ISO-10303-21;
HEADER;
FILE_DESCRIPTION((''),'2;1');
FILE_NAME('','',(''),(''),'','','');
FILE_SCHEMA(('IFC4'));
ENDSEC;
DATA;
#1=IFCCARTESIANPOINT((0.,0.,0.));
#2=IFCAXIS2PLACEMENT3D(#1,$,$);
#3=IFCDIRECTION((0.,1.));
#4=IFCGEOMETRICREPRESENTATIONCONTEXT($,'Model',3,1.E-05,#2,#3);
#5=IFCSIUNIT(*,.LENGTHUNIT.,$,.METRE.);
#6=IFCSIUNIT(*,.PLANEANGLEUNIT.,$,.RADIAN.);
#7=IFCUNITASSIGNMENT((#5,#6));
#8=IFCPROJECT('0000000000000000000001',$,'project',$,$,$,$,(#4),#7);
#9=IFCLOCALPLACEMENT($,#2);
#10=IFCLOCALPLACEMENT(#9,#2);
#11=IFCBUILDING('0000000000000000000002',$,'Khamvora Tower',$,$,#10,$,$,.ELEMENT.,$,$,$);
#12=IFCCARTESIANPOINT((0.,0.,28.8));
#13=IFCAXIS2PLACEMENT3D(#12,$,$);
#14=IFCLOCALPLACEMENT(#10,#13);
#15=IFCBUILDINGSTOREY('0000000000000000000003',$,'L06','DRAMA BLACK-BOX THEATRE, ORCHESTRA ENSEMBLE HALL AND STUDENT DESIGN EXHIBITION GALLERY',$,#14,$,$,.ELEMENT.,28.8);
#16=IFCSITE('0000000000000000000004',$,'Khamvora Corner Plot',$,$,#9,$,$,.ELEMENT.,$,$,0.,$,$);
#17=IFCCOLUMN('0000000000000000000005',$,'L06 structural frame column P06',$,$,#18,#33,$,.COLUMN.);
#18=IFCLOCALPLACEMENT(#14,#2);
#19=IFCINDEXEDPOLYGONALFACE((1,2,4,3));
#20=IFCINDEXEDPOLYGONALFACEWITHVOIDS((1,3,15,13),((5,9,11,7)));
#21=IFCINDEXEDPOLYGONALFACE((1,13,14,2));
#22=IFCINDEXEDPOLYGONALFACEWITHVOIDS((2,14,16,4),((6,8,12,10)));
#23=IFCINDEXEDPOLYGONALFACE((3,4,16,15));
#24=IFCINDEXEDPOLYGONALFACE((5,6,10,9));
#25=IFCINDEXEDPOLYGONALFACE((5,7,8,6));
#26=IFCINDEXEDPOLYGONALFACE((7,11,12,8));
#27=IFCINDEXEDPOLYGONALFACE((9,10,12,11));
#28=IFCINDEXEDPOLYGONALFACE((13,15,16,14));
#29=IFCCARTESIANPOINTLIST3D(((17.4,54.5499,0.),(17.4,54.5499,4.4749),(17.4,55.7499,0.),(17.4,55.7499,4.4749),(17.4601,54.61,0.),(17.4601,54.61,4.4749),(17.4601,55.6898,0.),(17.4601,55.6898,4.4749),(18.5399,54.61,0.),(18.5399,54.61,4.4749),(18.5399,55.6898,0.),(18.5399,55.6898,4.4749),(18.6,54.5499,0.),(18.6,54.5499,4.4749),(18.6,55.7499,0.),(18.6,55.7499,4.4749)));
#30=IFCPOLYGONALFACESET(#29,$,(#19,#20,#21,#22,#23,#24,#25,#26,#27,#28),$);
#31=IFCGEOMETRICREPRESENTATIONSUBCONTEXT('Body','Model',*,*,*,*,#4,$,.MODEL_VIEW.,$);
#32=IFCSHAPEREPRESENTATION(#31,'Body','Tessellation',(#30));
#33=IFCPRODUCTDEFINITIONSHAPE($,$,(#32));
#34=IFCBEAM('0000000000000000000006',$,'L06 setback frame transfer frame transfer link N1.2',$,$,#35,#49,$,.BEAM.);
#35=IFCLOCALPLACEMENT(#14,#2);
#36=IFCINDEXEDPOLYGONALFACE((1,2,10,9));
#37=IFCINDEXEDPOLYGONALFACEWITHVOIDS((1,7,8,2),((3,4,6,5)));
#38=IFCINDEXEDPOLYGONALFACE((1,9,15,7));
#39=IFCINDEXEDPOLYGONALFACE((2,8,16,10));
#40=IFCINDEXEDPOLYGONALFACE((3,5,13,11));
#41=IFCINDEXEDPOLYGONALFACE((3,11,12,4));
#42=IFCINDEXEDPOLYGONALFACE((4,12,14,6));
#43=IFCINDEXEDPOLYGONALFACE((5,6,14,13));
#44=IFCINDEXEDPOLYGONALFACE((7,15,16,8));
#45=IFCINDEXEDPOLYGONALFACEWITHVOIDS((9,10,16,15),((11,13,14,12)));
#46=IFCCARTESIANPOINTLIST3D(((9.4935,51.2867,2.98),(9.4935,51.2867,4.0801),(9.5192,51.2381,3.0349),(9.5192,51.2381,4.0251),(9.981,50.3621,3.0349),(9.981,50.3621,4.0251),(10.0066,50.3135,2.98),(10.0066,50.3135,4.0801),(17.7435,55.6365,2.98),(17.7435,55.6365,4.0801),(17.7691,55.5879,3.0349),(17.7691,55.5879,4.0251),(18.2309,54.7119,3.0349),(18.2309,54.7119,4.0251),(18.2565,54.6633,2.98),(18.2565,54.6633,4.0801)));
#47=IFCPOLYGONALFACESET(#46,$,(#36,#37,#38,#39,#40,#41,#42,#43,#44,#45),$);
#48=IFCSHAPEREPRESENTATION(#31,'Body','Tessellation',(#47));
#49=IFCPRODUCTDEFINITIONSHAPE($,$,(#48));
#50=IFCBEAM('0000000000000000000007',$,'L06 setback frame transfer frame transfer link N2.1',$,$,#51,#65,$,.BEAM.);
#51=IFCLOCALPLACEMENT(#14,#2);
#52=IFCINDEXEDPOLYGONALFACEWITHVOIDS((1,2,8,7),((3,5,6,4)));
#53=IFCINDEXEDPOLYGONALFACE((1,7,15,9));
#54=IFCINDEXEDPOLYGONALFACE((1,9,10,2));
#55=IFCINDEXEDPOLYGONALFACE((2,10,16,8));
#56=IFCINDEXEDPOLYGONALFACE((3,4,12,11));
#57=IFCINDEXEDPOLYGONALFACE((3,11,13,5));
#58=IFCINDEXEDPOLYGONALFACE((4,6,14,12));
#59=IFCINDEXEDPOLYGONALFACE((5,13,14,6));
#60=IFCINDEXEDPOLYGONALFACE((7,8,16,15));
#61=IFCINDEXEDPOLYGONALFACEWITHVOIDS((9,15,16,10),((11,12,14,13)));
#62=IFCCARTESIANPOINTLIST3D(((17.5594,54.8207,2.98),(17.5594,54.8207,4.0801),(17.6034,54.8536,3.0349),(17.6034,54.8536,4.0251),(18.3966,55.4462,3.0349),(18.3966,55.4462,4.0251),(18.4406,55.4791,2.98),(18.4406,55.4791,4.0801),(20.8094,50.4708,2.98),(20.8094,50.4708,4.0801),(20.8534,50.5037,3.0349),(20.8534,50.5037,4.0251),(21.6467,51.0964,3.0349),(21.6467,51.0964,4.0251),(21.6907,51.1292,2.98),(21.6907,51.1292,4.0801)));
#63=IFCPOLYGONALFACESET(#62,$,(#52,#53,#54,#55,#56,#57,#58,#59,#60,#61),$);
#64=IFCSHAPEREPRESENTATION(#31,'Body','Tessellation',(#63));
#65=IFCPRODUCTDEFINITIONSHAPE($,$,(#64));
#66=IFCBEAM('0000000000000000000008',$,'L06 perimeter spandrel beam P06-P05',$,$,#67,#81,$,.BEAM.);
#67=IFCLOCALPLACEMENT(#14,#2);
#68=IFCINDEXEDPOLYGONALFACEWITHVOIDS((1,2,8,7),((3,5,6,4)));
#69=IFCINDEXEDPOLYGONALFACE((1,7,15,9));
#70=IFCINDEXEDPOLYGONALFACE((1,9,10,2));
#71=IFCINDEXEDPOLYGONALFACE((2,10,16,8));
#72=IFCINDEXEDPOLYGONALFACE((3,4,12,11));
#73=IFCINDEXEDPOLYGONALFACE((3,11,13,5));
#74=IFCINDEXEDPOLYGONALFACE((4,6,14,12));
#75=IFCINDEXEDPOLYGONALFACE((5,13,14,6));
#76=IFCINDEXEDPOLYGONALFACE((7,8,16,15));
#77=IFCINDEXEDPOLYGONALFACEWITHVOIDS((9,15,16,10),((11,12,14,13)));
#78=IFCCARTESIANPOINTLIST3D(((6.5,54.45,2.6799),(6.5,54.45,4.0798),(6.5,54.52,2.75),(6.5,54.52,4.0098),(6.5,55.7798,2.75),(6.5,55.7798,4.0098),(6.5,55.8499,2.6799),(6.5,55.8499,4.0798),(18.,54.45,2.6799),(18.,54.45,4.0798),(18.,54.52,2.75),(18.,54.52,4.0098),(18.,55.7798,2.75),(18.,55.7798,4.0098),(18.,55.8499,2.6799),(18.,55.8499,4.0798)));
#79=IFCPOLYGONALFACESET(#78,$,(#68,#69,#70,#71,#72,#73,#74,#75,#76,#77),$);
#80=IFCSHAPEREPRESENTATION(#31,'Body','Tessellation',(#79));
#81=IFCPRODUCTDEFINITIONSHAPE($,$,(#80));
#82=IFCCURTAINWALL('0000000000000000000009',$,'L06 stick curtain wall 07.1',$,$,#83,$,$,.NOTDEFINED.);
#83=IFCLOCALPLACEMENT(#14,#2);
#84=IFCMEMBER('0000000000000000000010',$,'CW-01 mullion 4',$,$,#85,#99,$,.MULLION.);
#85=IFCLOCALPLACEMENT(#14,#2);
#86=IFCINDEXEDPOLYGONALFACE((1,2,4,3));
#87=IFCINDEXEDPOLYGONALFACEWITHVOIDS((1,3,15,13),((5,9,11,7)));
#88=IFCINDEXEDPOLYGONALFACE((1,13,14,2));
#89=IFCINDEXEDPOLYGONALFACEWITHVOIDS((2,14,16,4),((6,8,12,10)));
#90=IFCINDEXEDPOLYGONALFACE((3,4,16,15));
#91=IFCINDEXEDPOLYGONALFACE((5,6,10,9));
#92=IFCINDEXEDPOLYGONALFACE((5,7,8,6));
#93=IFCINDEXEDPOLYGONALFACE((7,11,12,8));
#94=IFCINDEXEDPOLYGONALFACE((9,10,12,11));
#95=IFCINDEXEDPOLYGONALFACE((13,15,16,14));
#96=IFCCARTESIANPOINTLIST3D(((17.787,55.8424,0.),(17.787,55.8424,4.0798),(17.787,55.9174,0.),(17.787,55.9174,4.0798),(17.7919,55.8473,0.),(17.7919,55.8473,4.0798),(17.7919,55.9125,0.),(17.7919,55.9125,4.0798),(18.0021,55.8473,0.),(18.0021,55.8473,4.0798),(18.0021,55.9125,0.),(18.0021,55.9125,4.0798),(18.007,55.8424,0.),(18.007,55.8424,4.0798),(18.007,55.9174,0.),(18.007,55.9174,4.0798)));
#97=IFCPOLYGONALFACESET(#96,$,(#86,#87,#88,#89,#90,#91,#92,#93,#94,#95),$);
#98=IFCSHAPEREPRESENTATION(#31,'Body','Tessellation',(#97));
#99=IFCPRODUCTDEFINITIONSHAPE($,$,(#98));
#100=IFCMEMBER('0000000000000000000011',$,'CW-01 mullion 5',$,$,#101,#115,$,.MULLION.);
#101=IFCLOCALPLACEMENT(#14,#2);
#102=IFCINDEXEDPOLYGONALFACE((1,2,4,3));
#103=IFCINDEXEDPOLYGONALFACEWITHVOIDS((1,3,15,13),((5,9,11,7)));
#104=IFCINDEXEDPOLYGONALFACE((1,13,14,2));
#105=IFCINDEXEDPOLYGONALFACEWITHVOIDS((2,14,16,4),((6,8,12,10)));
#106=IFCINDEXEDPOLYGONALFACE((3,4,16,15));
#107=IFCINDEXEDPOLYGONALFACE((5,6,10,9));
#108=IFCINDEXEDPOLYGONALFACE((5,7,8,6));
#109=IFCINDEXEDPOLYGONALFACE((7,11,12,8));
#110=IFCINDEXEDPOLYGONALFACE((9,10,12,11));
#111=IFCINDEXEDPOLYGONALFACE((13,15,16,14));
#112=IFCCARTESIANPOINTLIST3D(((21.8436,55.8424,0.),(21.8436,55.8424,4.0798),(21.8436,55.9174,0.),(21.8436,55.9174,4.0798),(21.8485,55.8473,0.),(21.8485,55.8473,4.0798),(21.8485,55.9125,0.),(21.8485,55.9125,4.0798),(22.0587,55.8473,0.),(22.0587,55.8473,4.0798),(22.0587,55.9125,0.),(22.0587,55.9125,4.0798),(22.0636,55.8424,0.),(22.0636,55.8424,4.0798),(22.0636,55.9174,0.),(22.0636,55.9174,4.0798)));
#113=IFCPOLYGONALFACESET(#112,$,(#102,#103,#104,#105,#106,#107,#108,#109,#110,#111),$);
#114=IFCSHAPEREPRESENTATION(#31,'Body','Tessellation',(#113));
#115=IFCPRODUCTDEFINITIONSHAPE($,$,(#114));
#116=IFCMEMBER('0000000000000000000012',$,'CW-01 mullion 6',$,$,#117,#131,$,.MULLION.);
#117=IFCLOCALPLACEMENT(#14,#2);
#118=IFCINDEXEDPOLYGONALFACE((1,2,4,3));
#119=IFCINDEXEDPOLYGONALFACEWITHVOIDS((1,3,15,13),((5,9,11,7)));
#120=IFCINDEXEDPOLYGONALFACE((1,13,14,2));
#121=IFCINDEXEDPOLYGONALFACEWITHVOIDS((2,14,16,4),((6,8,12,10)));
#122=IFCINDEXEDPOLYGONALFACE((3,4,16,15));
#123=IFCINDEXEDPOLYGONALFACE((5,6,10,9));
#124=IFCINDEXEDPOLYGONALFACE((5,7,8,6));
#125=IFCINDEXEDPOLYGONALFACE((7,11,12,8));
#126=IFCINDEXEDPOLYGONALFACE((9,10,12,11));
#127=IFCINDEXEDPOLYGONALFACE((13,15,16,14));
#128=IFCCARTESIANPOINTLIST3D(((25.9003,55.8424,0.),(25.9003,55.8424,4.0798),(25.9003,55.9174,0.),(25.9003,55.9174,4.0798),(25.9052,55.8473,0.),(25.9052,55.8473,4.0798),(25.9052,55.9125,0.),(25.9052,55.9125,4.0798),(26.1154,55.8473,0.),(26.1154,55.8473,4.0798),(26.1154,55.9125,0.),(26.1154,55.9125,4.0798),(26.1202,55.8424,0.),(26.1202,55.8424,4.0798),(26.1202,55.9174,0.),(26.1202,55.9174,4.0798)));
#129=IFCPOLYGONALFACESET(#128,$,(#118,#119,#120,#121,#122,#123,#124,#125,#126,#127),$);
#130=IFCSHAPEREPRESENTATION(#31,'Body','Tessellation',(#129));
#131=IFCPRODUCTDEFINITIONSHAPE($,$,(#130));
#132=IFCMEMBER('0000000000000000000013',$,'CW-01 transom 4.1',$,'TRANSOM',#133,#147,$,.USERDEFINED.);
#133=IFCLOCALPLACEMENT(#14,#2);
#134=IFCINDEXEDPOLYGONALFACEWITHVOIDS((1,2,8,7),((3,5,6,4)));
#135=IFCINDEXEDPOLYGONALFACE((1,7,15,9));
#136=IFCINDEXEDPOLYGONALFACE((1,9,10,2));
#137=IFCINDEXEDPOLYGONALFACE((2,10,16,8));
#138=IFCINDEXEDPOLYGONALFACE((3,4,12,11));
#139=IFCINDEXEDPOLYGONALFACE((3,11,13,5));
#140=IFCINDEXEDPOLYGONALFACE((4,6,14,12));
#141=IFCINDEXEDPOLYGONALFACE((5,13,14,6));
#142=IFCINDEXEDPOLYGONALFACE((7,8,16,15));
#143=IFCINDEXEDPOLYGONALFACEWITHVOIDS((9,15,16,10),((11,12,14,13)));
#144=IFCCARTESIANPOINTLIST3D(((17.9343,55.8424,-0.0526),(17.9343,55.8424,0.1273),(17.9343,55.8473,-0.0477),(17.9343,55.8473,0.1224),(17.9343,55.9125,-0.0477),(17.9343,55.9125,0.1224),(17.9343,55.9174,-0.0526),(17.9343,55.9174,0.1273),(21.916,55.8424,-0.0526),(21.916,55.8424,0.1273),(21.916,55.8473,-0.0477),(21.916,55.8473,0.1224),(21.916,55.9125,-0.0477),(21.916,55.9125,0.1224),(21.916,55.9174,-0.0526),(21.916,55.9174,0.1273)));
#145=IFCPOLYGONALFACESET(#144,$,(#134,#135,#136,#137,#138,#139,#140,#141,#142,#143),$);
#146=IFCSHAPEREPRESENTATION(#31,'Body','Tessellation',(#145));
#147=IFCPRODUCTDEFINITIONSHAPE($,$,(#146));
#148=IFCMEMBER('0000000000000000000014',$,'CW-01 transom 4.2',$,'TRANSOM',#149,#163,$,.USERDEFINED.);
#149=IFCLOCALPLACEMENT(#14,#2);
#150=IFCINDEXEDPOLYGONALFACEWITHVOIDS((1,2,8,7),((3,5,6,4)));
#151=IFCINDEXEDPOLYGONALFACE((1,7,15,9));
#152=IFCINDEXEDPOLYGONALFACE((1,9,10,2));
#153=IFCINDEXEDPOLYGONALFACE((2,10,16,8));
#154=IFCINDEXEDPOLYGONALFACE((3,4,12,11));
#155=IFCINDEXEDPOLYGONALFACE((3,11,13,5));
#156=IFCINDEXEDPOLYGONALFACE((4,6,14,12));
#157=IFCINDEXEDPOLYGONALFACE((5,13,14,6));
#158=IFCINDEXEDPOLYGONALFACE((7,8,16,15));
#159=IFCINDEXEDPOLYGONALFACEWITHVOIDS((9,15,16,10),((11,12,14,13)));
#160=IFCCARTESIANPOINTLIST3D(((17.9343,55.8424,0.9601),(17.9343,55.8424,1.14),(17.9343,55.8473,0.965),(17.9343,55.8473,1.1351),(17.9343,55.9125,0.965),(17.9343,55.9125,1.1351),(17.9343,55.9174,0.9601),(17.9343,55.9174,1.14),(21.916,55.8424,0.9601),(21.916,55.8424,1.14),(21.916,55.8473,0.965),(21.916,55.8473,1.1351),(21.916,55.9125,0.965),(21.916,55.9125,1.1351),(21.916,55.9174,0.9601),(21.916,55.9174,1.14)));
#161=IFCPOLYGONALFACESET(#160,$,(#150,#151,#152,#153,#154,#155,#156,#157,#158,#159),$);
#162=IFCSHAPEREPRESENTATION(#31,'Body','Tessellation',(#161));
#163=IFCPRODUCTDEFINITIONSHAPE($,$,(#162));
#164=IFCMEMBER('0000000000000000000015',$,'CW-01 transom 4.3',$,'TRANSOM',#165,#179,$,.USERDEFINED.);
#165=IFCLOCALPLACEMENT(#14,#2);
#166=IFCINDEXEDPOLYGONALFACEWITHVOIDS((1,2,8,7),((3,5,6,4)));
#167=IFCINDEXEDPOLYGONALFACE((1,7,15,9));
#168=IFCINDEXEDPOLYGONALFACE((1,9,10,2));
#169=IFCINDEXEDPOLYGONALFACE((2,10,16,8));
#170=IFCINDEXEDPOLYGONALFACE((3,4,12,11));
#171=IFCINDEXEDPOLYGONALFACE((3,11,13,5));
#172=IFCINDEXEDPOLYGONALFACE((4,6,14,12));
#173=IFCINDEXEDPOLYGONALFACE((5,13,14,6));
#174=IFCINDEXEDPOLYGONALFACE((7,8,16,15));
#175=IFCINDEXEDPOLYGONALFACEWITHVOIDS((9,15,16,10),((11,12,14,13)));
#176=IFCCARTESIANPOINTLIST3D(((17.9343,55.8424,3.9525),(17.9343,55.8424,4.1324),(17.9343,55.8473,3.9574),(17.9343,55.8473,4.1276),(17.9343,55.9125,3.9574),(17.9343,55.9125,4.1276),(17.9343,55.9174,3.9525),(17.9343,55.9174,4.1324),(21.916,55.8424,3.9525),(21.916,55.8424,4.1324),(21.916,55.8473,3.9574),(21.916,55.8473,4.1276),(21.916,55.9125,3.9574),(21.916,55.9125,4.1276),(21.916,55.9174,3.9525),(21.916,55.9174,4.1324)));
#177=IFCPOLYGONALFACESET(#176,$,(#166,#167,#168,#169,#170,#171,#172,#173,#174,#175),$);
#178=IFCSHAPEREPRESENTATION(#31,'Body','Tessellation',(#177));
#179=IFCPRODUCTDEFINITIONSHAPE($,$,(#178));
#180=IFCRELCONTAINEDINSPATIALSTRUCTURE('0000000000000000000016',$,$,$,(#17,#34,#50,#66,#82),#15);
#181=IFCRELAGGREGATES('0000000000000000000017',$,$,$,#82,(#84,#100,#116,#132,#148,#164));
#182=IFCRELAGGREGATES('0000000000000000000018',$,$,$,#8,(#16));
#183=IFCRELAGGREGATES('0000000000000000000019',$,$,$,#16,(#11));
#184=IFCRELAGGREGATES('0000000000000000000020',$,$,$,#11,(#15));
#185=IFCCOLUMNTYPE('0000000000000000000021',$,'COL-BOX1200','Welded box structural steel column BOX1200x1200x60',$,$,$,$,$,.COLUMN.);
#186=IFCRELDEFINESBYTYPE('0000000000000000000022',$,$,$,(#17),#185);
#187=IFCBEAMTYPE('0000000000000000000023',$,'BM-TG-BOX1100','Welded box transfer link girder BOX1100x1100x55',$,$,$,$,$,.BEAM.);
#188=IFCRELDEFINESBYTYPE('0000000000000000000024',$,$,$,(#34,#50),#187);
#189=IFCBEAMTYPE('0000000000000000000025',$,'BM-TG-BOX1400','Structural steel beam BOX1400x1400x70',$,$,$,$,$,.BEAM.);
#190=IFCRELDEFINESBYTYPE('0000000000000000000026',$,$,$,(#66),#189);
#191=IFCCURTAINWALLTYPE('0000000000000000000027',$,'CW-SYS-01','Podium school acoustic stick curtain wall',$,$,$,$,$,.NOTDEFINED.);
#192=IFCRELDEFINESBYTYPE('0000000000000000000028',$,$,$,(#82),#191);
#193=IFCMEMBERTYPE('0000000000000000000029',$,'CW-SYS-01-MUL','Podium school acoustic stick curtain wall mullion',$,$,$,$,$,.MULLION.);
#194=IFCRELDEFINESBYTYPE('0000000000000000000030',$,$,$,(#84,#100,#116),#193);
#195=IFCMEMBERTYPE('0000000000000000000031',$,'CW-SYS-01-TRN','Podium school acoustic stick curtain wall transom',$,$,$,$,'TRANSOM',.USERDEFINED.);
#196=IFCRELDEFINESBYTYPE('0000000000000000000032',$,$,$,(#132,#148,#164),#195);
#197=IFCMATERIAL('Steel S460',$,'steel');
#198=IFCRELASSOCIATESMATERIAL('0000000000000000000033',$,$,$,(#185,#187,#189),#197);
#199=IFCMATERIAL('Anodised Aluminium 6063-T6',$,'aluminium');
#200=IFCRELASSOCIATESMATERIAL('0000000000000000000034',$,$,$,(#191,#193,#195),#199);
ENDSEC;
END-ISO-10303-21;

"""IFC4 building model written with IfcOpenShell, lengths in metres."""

from ifc_helpers import new_model, si_unit, direction, frame, origin, origin_2d, place, context, subcontext, project, spatial, hollow_rectangle, extrude, material, material_profile, profile_set, type_object, element, aggregate, save


model = new_model("IFC4")

# Units and contexts
model_context = context("Model", 3, precision=1e-05, world=origin(), true_north=direction((0.0, 1.0)))
body_context = subcontext(model_context, "Body", "Model", "MODEL_VIEW")
ifc_project = project(units=[si_unit("LENGTHUNIT", "METRE"), si_unit("PLANEANGLEUNIT", "RADIAN")], contexts=[model_context])

# Site, building, storey
site_placement = place(None, origin())
site = spatial("IfcSite", under=ifc_project, at=site_placement, Name="Khamvora Corner Plot", CompositionType="ELEMENT", RefElevation=0.0)
building_placement = place(site_placement, origin())
building = spatial("IfcBuilding", under=site, at=building_placement, Name="Khamvora Tower", CompositionType="ELEMENT")
storey_placement = place(building_placement, frame((0.0, 0.0, 28.8)))
storey = spatial("IfcBuildingStorey", under=building, at=storey_placement, Name="L06", Description="DRAMA BLACK-BOX THEATRE, ORCHESTRA ENSEMBLE HALL AND STUDENT DESIGN EXHIBITION GALLERY", CompositionType="ELEMENT", Elevation=28.8)

# Column
ifc_material_1 = material(Name="Steel S460", Category="steel")
ifc_material_profile_1 = material_profile(ifc_material_1, hollow_rectangle(XDim=1.2, YDim=1.2, WallThickness=0.0601, at=origin_2d()), Name="BOX1200x1200x60")
ifc_profile_set_1 = profile_set([ifc_material_profile_1], Name="Steel S460")
column_type = type_object("IfcColumnType", Name="COL-BOX1200", Description="Welded box structural steel column BOX1200x1200x60", PredefinedType="COLUMN", material=ifc_profile_set_1)
column_placement = place(storey_placement, frame((18.0, 55.1499, 0.0), z_axis=(0.0, 0.0, 1.0), x_axis=(1.0, 0.0, 0.0)))
element("IfcColumn", 1, at=column_placement, inside=storey, type_object=column_type, Name="L06 structural frame column P06", PredefinedType="COLUMN", context=body_context, shape_type="SweptSolid", body=[
    extrude(hollow_rectangle(XDim=1.2, YDim=1.2, WallThickness=0.0601, at=origin_2d()), origin(), (0.0, 0.0, 1.0), 4.4749),
])

# Beams
ifc_material_profile_2 = material_profile(ifc_material_1, hollow_rectangle(XDim=1.1001, YDim=1.1001, WallThickness=0.0549, at=origin_2d()), Name="BOX1100x1100x55")
ifc_profile_set_2 = profile_set([ifc_material_profile_2], Name="Steel S460")
beam_type_1 = type_object("IfcBeamType", Name="BM-TG-BOX1100", Description="Welded box transfer link girder BOX1100x1100x55", PredefinedType="BEAM", material=ifc_profile_set_2)
beam_1_placement = place(storey_placement, frame((18.0, 55.1499, 3.53), z_axis=(-0.884576, -0.466397, 0.0), x_axis=(0.466397, -0.884576, 0.0)))
element("IfcBeam", 2, at=beam_1_placement, inside=storey, type_object=beam_type_1, Name="L06 setback frame transfer frame transfer link N1.2", PredefinedType="BEAM", context=body_context, shape_type="SweptSolid", body=[
    extrude(hollow_rectangle(XDim=1.1001, YDim=1.1001, WallThickness=0.0549, at=origin_2d()), origin(), (0.0, 0.0, 1.0), 9.3264),
])
beam_2_placement = place(storey_placement, frame((18.0, 55.1499, 3.53), z_axis=(0.598539, -0.801094, 0.0), x_axis=(0.801094, 0.598539, 0.0)))
element("IfcBeam", 3, at=beam_2_placement, inside=storey, type_object=beam_type_1, Name="L06 setback frame transfer frame transfer link N2.1", PredefinedType="BEAM", context=body_context, shape_type="SweptSolid", body=[
    extrude(hollow_rectangle(XDim=1.1001, YDim=1.1001, WallThickness=0.0549, at=origin_2d()), origin(), (0.0, 0.0, 1.0), 5.4299),
])
ifc_material_profile_3 = material_profile(ifc_material_1, hollow_rectangle(XDim=1.3999, YDim=1.3999, WallThickness=0.0701, at=origin_2d()), Name="BOX1400x1400x70")
ifc_profile_set_3 = profile_set([ifc_material_profile_3], Name="Steel S460")
beam_type_2 = type_object("IfcBeamType", Name="BM-TG-BOX1400", Description="Structural steel beam BOX1400x1400x70", PredefinedType="BEAM", material=ifc_profile_set_3)
beam_3_placement = place(storey_placement, frame((18.0, 55.1499, 3.3799), z_axis=(-1.0, 0.0, 0.0), x_axis=(0.0, -1.0, 0.0)))
element("IfcBeam", 4, at=beam_3_placement, inside=storey, type_object=beam_type_2, Name="L06 perimeter spandrel beam P06-P05", PredefinedType="BEAM", context=body_context, shape_type="SweptSolid", body=[
    extrude(hollow_rectangle(XDim=1.3999, YDim=1.3999, WallThickness=0.0701, at=origin_2d()), origin(), (0.0, 0.0, 1.0), 11.5),
])

# Curtain wall, members
ifc_material_2 = material(Name="Anodised Aluminium 6063-T6", Category="aluminium")
curtain_wall_type = type_object("IfcCurtainWallType", Name="CW-SYS-01", Description="Podium school acoustic stick curtain wall", PredefinedType="NOTDEFINED", material=ifc_material_2)
curtain_wall_placement = place(storey_placement, origin())
curtain_wall = element("IfcCurtainWall", 5, at=curtain_wall_placement, inside=storey, type_object=curtain_wall_type, Name="L06 stick curtain wall 07.1", PredefinedType="NOTDEFINED")
ifc_material_profile_4 = material_profile(ifc_material_2, hollow_rectangle(XDim=0.075, YDim=0.22, WallThickness=0.0049, at=origin_2d()), Name="MUL75x220x5")
ifc_profile_set_4 = profile_set([ifc_material_profile_4], Name="Anodised Aluminium 6063-T6")
member_type_1 = type_object("IfcMemberType", Name="CW-SYS-01-MUL", Description="Podium school acoustic stick curtain wall mullion", PredefinedType="MULLION", material=ifc_profile_set_4)
member_1_placement = place(storey_placement, frame((17.897, 55.8799, 0.0), z_axis=(0.0, 0.0, 1.0), x_axis=(0.0, 1.0, 0.0)))
member_1 = element("IfcMember", 6, at=member_1_placement, type_object=member_type_1, Name="CW-01 mullion 4", PredefinedType="MULLION", context=body_context, shape_type="SweptSolid", body=[
    extrude(hollow_rectangle(XDim=0.075, YDim=0.22, WallThickness=0.0049, at=origin_2d()), origin(), (0.0, 0.0, 1.0), 4.0798),
])
member_2_placement = place(storey_placement, frame((21.9536, 55.8799, 0.0), z_axis=(0.0, 0.0, 1.0), x_axis=(0.0, 1.0, 0.0)))
member_2 = element("IfcMember", 7, at=member_2_placement, type_object=member_type_1, Name="CW-01 mullion 5", PredefinedType="MULLION", context=body_context, shape_type="SweptSolid", body=[
    extrude(hollow_rectangle(XDim=0.075, YDim=0.22, WallThickness=0.0049, at=origin_2d()), origin(), (0.0, 0.0, 1.0), 4.0798),
])
member_3_placement = place(storey_placement, frame((26.0103, 55.8799, 0.0), z_axis=(0.0, 0.0, 1.0), x_axis=(0.0, 1.0, 0.0)))
member_3 = element("IfcMember", 8, at=member_3_placement, type_object=member_type_1, Name="CW-01 mullion 6", PredefinedType="MULLION", context=body_context, shape_type="SweptSolid", body=[
    extrude(hollow_rectangle(XDim=0.075, YDim=0.22, WallThickness=0.0049, at=origin_2d()), origin(), (0.0, 0.0, 1.0), 4.0798),
])
ifc_material_profile_5 = material_profile(ifc_material_2, hollow_rectangle(XDim=0.075, YDim=0.1799, WallThickness=0.0049, at=origin_2d()), Name="TRN75x180x5")
ifc_profile_set_5 = profile_set([ifc_material_profile_5], Name="Anodised Aluminium 6063-T6")
member_type_2 = type_object("IfcMemberType", Name="CW-SYS-01-TRN", Description="Podium school acoustic stick curtain wall transom", ElementType="TRANSOM", PredefinedType="USERDEFINED", material=ifc_profile_set_5)
member_4_placement = place(storey_placement, frame((17.9343, 55.8799, 0.0374), z_axis=(1.0, 0.0, 0.0), x_axis=(0.0, 1.0, 0.0)))
member_4 = element("IfcMember", 9, at=member_4_placement, type_object=member_type_2, Name="CW-01 transom 4.1", ObjectType="TRANSOM", PredefinedType="USERDEFINED", context=body_context, shape_type="SweptSolid", body=[
    extrude(hollow_rectangle(XDim=0.075, YDim=0.1799, WallThickness=0.0049, at=origin_2d()), origin(), (0.0, 0.0, 1.0), 3.9817),
])
member_5_placement = place(storey_placement, frame((17.9343, 55.8799, 1.05), z_axis=(1.0, 0.0, 0.0), x_axis=(0.0, 1.0, 0.0)))
member_5 = element("IfcMember", 10, at=member_5_placement, type_object=member_type_2, Name="CW-01 transom 4.2", ObjectType="TRANSOM", PredefinedType="USERDEFINED", context=body_context, shape_type="SweptSolid", body=[
    extrude(hollow_rectangle(XDim=0.075, YDim=0.1799, WallThickness=0.0049, at=origin_2d()), origin(), (0.0, 0.0, 1.0), 3.9817),
])
member_6_placement = place(storey_placement, frame((17.9343, 55.8799, 4.0425), z_axis=(1.0, 0.0, 0.0), x_axis=(0.0, 1.0, 0.0)))
member_6 = element("IfcMember", 11, at=member_6_placement, type_object=member_type_2, Name="CW-01 transom 4.3", ObjectType="TRANSOM", PredefinedType="USERDEFINED", context=body_context, shape_type="SweptSolid", body=[
    extrude(hollow_rectangle(XDim=0.075, YDim=0.1799, WallThickness=0.0049, at=origin_2d()), origin(), (0.0, 0.0, 1.0), 3.9817),
])
aggregate(curtain_wall, [member_1, member_2, member_3, member_4, member_5, member_6])

save(model, "model.ifc")
